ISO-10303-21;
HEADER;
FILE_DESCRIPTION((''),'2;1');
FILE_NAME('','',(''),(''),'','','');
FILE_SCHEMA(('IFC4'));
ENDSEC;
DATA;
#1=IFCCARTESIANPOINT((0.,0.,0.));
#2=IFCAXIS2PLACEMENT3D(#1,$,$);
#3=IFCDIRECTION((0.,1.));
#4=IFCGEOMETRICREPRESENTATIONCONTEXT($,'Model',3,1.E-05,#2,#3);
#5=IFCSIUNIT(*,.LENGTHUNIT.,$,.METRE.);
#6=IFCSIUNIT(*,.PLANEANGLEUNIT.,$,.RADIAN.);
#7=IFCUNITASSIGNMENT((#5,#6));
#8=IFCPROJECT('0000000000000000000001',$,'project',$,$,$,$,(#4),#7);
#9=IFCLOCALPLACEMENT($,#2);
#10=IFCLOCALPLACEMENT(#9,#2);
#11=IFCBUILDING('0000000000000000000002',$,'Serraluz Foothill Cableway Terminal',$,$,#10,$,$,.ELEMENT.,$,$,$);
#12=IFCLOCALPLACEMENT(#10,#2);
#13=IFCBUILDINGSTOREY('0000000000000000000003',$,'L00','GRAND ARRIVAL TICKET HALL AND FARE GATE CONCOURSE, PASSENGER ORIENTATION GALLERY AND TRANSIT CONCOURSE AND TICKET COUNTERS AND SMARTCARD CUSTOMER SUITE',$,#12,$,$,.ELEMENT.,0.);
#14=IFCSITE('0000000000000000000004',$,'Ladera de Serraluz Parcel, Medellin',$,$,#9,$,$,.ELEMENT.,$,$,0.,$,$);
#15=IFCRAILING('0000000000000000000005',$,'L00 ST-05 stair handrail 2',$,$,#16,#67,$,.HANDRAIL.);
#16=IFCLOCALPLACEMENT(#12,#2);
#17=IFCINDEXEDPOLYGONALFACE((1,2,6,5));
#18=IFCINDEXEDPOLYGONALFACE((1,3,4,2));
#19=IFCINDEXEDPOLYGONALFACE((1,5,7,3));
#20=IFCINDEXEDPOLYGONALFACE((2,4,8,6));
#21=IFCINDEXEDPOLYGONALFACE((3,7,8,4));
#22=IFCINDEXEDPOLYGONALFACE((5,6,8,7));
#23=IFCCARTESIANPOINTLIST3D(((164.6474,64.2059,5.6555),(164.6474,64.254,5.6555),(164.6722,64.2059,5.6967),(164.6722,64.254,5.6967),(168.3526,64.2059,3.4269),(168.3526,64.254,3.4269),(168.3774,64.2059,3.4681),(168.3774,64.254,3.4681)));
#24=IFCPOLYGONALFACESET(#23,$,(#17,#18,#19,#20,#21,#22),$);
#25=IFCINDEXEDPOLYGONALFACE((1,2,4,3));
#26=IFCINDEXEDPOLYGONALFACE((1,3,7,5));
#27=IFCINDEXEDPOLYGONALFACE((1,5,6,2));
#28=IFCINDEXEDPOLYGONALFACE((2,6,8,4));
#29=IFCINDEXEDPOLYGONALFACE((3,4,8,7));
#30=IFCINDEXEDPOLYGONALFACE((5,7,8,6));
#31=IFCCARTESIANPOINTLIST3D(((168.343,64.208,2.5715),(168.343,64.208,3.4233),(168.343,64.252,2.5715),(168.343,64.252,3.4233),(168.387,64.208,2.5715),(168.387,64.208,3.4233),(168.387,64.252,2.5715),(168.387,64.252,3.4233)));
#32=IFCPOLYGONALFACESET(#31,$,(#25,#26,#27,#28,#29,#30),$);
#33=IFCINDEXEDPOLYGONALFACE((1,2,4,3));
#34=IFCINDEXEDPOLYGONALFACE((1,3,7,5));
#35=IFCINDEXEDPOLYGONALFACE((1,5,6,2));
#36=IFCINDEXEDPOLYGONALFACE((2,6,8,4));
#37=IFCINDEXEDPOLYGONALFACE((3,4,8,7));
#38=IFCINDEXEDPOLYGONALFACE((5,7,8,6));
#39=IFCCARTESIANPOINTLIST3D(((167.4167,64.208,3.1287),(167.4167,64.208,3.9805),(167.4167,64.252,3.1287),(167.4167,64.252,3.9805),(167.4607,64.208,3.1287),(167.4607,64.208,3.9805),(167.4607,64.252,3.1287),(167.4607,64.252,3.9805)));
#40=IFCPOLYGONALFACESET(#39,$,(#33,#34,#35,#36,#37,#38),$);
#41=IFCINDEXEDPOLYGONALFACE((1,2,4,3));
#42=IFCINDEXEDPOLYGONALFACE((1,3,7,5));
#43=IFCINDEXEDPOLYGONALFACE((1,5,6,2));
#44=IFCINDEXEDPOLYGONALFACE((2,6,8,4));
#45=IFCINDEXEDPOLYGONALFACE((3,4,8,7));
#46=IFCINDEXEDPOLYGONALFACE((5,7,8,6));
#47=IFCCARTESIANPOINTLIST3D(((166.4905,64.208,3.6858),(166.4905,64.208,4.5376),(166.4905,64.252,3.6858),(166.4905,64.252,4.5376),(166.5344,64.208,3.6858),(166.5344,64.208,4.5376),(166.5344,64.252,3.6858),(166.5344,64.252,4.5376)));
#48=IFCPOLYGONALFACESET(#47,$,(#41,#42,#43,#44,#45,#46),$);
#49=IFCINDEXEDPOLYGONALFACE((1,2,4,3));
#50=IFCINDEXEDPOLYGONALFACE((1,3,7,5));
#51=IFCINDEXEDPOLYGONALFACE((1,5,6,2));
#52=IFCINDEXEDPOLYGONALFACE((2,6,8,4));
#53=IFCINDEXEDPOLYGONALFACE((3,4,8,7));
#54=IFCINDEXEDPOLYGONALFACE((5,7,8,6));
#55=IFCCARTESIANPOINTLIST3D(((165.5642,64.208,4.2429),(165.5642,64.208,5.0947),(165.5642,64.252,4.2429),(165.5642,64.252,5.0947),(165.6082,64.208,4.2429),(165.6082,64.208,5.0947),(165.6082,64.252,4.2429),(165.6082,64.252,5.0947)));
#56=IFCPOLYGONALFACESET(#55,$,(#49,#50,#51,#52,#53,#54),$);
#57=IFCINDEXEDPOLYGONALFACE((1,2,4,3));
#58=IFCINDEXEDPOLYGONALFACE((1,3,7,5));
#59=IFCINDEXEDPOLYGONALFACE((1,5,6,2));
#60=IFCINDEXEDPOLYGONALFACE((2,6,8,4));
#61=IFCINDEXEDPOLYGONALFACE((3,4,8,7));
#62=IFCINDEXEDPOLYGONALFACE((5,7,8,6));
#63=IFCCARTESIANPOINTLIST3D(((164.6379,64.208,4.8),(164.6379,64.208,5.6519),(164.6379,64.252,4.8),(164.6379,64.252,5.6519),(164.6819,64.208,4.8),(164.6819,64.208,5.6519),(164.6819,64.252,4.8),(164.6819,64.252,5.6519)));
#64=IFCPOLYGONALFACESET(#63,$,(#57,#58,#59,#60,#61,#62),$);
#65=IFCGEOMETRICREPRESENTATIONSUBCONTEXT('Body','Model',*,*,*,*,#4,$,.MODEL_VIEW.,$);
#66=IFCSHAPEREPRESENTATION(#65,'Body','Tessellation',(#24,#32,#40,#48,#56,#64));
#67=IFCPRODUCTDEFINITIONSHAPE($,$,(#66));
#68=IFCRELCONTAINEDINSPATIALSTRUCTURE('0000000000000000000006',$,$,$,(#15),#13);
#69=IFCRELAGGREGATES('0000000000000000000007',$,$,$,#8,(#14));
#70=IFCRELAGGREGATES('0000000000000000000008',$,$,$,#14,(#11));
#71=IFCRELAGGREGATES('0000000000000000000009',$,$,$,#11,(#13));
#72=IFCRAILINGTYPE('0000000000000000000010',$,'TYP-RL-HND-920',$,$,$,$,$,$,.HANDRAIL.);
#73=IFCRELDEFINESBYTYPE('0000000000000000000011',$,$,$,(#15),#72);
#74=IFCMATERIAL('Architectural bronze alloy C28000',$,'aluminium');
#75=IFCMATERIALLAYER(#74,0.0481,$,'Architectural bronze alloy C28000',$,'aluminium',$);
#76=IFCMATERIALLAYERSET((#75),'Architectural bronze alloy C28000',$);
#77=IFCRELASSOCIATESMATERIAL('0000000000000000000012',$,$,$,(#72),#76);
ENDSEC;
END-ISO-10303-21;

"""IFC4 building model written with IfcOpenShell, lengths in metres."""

from ifc_helpers import new_model, si_unit, direction, frame, origin, origin_2d, place, context, subcontext, project, spatial, rectangle, extrude, material, layer, layer_set, type_object, element, save


model = new_model("IFC4")

# Units and contexts
model_context = context("Model", 3, precision=1e-05, world=origin(), true_north=direction((0.0, 1.0)))
body_context = subcontext(model_context, "Body", "Model", "MODEL_VIEW")
ifc_project = project(units=[si_unit("LENGTHUNIT", "METRE"), si_unit("PLANEANGLEUNIT", "RADIAN")], contexts=[model_context])

# Site, building, storey
site_placement = place(None, origin())
site = spatial("IfcSite", under=ifc_project, at=site_placement, Name="Ladera de Serraluz Parcel, Medellin", CompositionType="ELEMENT", RefElevation=0.0)
building_placement = place(site_placement, origin())
building = spatial("IfcBuilding", under=site, at=building_placement, Name="Serraluz Foothill Cableway Terminal", CompositionType="ELEMENT")
storey_placement = place(building_placement, origin())
storey = spatial("IfcBuildingStorey", under=building, at=storey_placement, Name="L00", Description="GRAND ARRIVAL TICKET HALL AND FARE GATE CONCOURSE, PASSENGER ORIENTATION GALLERY AND TRANSIT CONCOURSE AND TICKET COUNTERS AND SMARTCARD CUSTOMER SUITE", CompositionType="ELEMENT", Elevation=0.0)

# Railing
ifc_material_1 = material(Name="Architectural bronze alloy C28000", Category="aluminium")
ifc_layer_1 = layer(ifc_material_1, 0.0481, Name="Architectural bronze alloy C28000", Category="aluminium")
ifc_layer_set_1 = layer_set([ifc_layer_1], Name="Architectural bronze alloy C28000")
railing_type_1 = type_object("IfcRailingType", Name="TYP-RL-HND-920", PredefinedType="HANDRAIL", material=ifc_layer_set_1)
railing_1_placement = place(storey_placement, frame((168.365, 64.23, 2.5715)))
element("IfcRailing", 1, at=railing_1_placement, inside=storey, type_object=railing_type_1, Name="L00 ST-05 stair handrail 2", PredefinedType="HANDRAIL", context=body_context, shape_type="SweptSolid", body=[
    extrude(rectangle(XDim=0.0481, YDim=0.0481, at=origin_2d()), frame((0.0, 0.0, 0.876), z_axis=(-0.856934, 0.0, 0.515425), x_axis=(0.0, -1.0, 0.0)), (0.0, 0.0, 1.0), 4.3237),
    extrude(rectangle(XDim=0.0439, YDim=0.0439, at=origin_2d()), origin(), (0.0, 0.0, 1.0), 0.8518),
    extrude(rectangle(XDim=0.0439, YDim=0.0439, at=origin_2d()), frame((-0.9263, 0.0, 0.5571)), (0.0, 0.0, 1.0), 0.8518),
    extrude(rectangle(XDim=0.0439, YDim=0.0439, at=origin_2d()), frame((-1.8525, 0.0, 1.1143)), (0.0, 0.0, 1.0), 0.8518),
    extrude(rectangle(XDim=0.0439, YDim=0.0439, at=origin_2d()), frame((-2.7788, 0.0, 1.6714)), (0.0, 0.0, 1.0), 0.8518),
    extrude(rectangle(XDim=0.0439, YDim=0.0439, at=origin_2d()), frame((-3.7051, 0.0, 2.2285)), (0.0, 0.0, 1.0), 0.8518),
])

save(model, "model.ifc")
